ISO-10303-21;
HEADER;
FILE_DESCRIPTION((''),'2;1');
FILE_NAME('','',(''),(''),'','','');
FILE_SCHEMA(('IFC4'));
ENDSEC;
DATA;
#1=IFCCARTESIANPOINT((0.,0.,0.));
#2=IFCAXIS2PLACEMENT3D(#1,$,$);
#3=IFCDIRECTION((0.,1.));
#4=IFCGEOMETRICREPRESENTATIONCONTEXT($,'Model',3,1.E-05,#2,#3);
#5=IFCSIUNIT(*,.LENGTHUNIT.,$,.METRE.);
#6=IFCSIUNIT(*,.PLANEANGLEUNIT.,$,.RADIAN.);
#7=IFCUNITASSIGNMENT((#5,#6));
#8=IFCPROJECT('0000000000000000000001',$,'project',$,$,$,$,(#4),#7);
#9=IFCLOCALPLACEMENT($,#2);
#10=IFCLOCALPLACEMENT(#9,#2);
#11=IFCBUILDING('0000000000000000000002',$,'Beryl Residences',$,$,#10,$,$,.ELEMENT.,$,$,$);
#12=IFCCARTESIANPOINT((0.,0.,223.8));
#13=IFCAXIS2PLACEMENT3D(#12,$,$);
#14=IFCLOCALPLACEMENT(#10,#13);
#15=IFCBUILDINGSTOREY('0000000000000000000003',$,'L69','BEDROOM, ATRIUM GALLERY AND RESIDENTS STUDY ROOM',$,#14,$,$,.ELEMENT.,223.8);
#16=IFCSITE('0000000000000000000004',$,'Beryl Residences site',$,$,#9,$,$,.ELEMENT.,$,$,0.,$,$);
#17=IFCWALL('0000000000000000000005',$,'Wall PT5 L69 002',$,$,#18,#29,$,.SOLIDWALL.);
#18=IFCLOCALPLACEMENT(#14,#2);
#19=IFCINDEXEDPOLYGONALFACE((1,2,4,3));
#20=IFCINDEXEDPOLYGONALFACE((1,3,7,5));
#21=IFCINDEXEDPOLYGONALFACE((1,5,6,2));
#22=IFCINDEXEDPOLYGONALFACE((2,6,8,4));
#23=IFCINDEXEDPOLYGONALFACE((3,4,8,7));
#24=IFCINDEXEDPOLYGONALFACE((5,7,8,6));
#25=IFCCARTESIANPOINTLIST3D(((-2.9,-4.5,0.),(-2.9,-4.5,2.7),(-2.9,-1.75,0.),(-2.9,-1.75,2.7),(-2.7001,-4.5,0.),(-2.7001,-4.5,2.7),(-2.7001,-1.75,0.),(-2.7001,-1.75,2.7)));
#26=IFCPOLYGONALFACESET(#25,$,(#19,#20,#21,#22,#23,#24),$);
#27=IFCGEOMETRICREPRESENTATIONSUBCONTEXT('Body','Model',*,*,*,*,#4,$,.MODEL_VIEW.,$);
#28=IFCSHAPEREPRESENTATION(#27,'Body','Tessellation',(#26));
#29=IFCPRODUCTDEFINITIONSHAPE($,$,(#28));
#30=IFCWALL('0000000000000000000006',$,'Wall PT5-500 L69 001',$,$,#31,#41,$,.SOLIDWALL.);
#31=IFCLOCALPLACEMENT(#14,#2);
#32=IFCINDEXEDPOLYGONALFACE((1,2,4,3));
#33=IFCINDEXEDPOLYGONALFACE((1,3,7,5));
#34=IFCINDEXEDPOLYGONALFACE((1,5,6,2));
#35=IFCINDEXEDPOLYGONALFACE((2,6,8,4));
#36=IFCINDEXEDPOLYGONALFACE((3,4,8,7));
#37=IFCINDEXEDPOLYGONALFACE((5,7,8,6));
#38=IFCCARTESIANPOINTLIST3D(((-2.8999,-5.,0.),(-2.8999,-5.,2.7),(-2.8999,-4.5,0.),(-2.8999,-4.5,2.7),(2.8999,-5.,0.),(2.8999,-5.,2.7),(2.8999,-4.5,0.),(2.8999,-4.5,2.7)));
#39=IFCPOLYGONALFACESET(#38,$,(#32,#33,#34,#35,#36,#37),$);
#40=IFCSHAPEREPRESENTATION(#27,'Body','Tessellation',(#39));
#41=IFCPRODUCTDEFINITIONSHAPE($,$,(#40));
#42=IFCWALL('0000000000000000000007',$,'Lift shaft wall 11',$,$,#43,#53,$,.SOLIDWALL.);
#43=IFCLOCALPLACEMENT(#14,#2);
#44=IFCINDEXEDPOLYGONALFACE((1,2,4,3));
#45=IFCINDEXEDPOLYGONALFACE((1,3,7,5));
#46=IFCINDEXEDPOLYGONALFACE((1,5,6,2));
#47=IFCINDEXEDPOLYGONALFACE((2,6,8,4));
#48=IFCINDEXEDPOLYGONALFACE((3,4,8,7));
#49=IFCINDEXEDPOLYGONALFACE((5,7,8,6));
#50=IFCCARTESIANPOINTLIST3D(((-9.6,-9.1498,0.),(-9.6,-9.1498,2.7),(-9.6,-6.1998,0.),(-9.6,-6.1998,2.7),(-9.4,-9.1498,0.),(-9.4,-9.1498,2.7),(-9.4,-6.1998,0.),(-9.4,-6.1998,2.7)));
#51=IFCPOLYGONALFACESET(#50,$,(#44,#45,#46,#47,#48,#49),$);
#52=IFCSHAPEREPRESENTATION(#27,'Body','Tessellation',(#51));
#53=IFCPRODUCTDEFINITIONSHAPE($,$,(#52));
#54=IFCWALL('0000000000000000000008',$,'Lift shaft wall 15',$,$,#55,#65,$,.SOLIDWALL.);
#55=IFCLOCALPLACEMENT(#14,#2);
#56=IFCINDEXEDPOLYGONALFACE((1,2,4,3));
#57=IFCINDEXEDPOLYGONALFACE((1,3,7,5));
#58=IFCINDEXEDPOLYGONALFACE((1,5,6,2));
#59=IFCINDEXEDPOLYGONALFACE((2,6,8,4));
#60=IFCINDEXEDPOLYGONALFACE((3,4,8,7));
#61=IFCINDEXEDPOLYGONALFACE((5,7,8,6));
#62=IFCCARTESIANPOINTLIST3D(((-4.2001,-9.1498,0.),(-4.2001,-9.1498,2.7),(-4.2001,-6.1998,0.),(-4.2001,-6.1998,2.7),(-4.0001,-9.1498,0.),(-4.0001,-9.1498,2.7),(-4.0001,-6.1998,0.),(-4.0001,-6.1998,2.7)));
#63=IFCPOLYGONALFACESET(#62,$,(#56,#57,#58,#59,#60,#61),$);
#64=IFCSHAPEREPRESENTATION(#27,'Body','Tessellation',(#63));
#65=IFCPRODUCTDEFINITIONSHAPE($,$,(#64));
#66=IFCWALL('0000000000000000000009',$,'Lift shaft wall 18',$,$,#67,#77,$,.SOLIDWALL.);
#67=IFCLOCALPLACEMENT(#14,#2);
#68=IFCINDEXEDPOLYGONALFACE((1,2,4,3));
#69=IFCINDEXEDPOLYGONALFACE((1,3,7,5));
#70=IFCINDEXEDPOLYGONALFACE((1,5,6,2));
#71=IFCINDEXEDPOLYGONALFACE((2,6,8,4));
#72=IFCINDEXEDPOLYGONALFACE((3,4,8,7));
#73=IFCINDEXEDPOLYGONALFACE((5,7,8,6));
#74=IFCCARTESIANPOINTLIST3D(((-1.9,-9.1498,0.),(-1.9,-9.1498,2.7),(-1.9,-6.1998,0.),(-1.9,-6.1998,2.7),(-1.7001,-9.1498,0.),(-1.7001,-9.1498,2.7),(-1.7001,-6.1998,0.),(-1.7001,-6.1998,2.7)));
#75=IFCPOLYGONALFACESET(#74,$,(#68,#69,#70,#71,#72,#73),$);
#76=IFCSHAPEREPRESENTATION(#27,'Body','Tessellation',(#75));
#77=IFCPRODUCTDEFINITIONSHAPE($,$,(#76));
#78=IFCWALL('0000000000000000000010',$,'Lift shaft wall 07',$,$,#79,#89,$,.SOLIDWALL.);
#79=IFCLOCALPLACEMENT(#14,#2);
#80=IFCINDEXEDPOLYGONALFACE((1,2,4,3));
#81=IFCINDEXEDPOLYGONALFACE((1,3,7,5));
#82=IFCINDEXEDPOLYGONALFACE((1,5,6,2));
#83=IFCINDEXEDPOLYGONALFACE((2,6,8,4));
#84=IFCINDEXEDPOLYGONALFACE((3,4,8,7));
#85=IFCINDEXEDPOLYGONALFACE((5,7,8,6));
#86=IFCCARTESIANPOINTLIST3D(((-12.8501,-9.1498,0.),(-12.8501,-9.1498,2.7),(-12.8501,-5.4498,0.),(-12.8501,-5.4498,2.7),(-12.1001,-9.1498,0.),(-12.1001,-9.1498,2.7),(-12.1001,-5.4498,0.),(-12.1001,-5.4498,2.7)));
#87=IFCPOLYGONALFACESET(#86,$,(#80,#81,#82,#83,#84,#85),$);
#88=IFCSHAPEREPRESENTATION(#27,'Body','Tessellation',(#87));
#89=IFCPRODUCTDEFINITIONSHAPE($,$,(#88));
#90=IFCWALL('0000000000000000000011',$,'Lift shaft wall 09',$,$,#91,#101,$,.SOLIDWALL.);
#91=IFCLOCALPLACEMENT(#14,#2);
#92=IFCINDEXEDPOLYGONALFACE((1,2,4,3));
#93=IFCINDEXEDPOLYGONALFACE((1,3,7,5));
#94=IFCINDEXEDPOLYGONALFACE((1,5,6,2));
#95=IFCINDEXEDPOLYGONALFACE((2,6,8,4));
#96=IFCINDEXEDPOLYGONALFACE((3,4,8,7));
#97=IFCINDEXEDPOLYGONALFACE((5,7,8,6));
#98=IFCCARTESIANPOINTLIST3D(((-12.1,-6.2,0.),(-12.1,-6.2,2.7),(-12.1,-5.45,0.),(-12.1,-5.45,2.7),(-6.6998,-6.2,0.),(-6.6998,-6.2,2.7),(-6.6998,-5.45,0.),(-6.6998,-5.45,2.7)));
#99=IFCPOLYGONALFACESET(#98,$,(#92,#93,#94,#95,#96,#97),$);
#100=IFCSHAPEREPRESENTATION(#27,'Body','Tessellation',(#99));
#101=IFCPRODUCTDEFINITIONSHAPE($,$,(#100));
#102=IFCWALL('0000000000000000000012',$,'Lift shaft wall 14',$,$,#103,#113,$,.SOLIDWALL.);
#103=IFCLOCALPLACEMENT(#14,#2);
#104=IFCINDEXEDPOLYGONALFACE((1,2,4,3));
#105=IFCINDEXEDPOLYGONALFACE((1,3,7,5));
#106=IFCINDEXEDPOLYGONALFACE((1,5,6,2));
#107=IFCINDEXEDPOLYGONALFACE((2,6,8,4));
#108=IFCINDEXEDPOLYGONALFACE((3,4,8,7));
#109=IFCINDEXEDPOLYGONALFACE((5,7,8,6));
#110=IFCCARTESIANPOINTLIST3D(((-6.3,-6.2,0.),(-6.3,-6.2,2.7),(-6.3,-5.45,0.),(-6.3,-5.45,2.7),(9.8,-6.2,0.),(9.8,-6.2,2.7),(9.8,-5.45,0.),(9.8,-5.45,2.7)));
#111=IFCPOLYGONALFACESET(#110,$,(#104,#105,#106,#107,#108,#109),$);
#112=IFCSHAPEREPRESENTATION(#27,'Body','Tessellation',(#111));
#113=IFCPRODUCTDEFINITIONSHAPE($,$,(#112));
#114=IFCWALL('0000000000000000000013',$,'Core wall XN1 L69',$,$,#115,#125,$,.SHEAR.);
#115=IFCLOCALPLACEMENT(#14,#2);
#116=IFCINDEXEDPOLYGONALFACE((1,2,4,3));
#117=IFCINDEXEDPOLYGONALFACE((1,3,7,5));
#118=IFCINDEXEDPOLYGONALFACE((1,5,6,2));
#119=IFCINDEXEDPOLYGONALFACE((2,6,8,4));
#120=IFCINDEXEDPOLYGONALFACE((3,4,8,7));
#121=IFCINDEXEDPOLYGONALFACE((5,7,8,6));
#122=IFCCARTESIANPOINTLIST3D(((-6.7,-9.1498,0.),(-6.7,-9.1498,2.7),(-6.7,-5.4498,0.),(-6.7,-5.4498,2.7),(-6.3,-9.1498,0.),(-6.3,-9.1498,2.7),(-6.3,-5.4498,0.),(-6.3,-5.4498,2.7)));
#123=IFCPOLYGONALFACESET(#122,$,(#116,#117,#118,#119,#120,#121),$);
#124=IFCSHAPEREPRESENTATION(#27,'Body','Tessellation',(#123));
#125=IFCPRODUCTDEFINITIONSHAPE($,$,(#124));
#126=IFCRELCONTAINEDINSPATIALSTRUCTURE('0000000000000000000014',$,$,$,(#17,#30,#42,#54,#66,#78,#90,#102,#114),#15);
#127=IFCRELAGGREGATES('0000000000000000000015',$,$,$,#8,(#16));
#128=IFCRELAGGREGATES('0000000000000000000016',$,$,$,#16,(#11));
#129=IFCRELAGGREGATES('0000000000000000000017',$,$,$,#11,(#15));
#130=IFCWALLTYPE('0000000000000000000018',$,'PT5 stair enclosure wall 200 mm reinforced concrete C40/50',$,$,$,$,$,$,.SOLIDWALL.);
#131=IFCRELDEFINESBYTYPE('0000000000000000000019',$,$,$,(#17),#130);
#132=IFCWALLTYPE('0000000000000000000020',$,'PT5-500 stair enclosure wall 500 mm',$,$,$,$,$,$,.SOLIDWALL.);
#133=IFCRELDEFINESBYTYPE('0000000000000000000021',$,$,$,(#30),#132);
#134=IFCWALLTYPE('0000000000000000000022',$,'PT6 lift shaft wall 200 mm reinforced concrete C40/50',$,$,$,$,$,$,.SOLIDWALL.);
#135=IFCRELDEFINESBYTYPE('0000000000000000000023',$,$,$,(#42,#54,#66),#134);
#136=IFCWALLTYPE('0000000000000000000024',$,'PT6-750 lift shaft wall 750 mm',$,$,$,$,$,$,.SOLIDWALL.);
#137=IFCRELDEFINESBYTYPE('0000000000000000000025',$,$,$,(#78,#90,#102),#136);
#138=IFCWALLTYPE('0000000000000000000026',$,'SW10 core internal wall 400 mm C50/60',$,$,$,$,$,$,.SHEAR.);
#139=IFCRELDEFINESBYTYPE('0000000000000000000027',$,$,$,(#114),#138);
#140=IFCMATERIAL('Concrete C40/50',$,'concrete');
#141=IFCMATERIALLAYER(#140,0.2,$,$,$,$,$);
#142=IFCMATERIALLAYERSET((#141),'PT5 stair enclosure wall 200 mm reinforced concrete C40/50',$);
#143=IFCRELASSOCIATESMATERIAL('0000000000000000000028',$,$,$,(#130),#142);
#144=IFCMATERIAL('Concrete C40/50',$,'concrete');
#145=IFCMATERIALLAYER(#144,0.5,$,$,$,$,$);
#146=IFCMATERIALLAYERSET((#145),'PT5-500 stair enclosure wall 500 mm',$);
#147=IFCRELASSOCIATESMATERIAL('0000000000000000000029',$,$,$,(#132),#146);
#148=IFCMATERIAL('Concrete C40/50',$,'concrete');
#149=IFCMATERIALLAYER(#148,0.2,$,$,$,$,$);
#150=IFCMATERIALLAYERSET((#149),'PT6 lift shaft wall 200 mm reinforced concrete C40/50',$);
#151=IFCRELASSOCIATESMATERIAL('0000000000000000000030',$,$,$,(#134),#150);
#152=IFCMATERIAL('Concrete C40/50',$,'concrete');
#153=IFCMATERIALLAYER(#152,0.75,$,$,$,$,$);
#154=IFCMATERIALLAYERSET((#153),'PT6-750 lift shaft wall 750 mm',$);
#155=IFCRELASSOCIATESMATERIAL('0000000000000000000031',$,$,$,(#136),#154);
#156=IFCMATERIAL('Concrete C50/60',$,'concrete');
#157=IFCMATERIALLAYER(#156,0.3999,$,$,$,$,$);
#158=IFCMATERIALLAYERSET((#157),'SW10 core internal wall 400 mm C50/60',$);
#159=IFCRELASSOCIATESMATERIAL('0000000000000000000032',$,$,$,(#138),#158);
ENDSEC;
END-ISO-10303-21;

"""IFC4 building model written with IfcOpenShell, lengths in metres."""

from ifc_helpers import new_model, si_unit, direction, frame, frame_2d, origin, place, context, subcontext, project, spatial, rectangle, extrude, material, layer, layer_set, type_object, element, save


model = new_model("IFC4")

# Units and contexts
model_context = context("Model", 3, precision=1e-05, world=origin(), true_north=direction((0.0, 1.0)))
body_context = subcontext(model_context, "Body", "Model", "MODEL_VIEW")
ifc_project = project(units=[si_unit("LENGTHUNIT", "METRE"), si_unit("PLANEANGLEUNIT", "RADIAN")], contexts=[model_context])

# Site, building, storey
site_placement = place(None, origin())
site = spatial("IfcSite", under=ifc_project, at=site_placement, Name="Beryl Residences site", CompositionType="ELEMENT", RefElevation=0.0)
building_placement = place(site_placement, origin())
building = spatial("IfcBuilding", under=site, at=building_placement, Name="Beryl Residences", CompositionType="ELEMENT")
storey_placement = place(building_placement, frame((0.0, 0.0, 223.8)))
storey = spatial("IfcBuildingStorey", under=building, at=storey_placement, Name="L69", Description="BEDROOM, ATRIUM GALLERY AND RESIDENTS STUDY ROOM", CompositionType="ELEMENT", Elevation=223.8)

# Walls
ifc_material_1 = material(Name="Concrete C40/50", Category="concrete")
ifc_layer_1 = layer(ifc_material_1, 0.2)
ifc_layer_set_1 = layer_set([ifc_layer_1], Name="PT5 stair enclosure wall 200 mm reinforced concrete C40/50")
wall_type_1 = type_object("IfcWallType", Name="PT5 stair enclosure wall 200 mm reinforced concrete C40/50", PredefinedType="SOLIDWALL", material=ifc_layer_set_1)
wall_1_placement = place(storey_placement, frame((-2.8, -4.5, 0.0), z_axis=(0.0, 0.0, 1.0), x_axis=(0.0, 1.0, 0.0)))
element("IfcWall", 1, at=wall_1_placement, inside=storey, type_object=wall_type_1, Name="Wall PT5 L69 002", PredefinedType="SOLIDWALL", context=body_context, shape_type="SweptSolid", body=[
    extrude(rectangle(XDim=2.75, YDim=0.2, at=frame_2d((1.375, 0.0))), origin(), (0.0, 0.0, 1.0), 2.7),
])
ifc_material_2 = material(Name="Concrete C40/50", Category="concrete")
ifc_layer_2 = layer(ifc_material_2, 0.5)
ifc_layer_set_2 = layer_set([ifc_layer_2], Name="PT5-500 stair enclosure wall 500 mm")
wall_type_2 = type_object("IfcWallType", Name="PT5-500 stair enclosure wall 500 mm", PredefinedType="SOLIDWALL", material=ifc_layer_set_2)
wall_2_placement = place(storey_placement, frame((-2.8999, -4.75, 0.0), z_axis=(0.0, 0.0, 1.0), x_axis=(1.0, 0.0, 0.0)))
element("IfcWall", 2, at=wall_2_placement, inside=storey, type_object=wall_type_2, Name="Wall PT5-500 L69 001", PredefinedType="SOLIDWALL", context=body_context, shape_type="SweptSolid", body=[
    extrude(rectangle(XDim=5.7998, YDim=0.5, at=frame_2d((2.8999, 0.0))), origin(), (0.0, 0.0, 1.0), 2.7),
])
ifc_material_3 = material(Name="Concrete C40/50", Category="concrete")
ifc_layer_3 = layer(ifc_material_3, 0.2)
ifc_layer_set_3 = layer_set([ifc_layer_3], Name="PT6 lift shaft wall 200 mm reinforced concrete C40/50")
wall_type_3 = type_object("IfcWallType", Name="PT6 lift shaft wall 200 mm reinforced concrete C40/50", PredefinedType="SOLIDWALL", material=ifc_layer_set_3)
for number, where, z_axis, x_axis, name in (
    (3, (-9.5, -9.1499, 0.0), (0.0, 0.0, 1.0), (0.0, 1.0, 0.0), "Lift shaft wall 11"),
    (4, (-4.1001, -9.1499, 0.0), (0.0, 0.0, 1.0), (0.0, 1.0, 0.0), "Lift shaft wall 15"),
    (5, (-1.8, -9.1499, 0.0), (0.0, 0.0, 1.0), (0.0, 1.0, 0.0), "Lift shaft wall 18"),
):
    element("IfcWall", number, at=place(storey_placement, frame(where, z_axis=z_axis, x_axis=x_axis)), inside=storey, type_object=wall_type_3, Name=name, PredefinedType="SOLIDWALL", context=body_context, shape_type="SweptSolid", body=[
        extrude(rectangle(XDim=2.95, YDim=0.2, at=frame_2d((1.4751, 0.0))), origin(), (0.0, 0.0, 1.0), 2.7),
    ])
ifc_material_4 = material(Name="Concrete C40/50", Category="concrete")
ifc_layer_4 = layer(ifc_material_4, 0.75)
ifc_layer_set_4 = layer_set([ifc_layer_4], Name="PT6-750 lift shaft wall 750 mm")
wall_type_4 = type_object("IfcWallType", Name="PT6-750 lift shaft wall 750 mm", PredefinedType="SOLIDWALL", material=ifc_layer_set_4)
wall_3_placement = place(storey_placement, frame((-12.4751, -9.1499, 0.0), z_axis=(0.0, 0.0, 1.0), x_axis=(0.0, 1.0, 0.0)))
element("IfcWall", 6, at=wall_3_placement, inside=storey, type_object=wall_type_4, Name="Lift shaft wall 07", PredefinedType="SOLIDWALL", context=body_context, shape_type="SweptSolid", body=[
    extrude(rectangle(XDim=3.7, YDim=0.75, at=frame_2d((1.8501, 0.0))), origin(), (0.0, 0.0, 1.0), 2.7),
])
wall_4_placement = place(storey_placement, frame((-12.1001, -5.825, 0.0), z_axis=(0.0, 0.0, 1.0), x_axis=(1.0, 0.0, 0.0)))
element("IfcWall", 7, at=wall_4_placement, inside=storey, type_object=wall_type_4, Name="Lift shaft wall 09", PredefinedType="SOLIDWALL", context=body_context, shape_type="SweptSolid", body=[
    extrude(rectangle(XDim=5.4001, YDim=0.75, at=frame_2d((2.7002, 0.0))), origin(), (0.0, 0.0, 1.0), 2.7),
])
wall_5_placement = place(storey_placement, frame((-6.3, -5.825, 0.0), z_axis=(0.0, 0.0, 1.0), x_axis=(1.0, 0.0, 0.0)))
element("IfcWall", 8, at=wall_5_placement, inside=storey, type_object=wall_type_4, Name="Lift shaft wall 14", PredefinedType="SOLIDWALL", context=body_context, shape_type="SweptSolid", body=[
    extrude(rectangle(XDim=16.1001, YDim=0.75, at=frame_2d((8.05, 0.0))), origin(), (0.0, 0.0, 1.0), 2.7),
])

# Shared definitions
ifc_material_5 = material(Name="Concrete C50/60", Category="concrete")
ifc_layer_5 = layer(ifc_material_5, 0.3999)
ifc_layer_set_5 = layer_set([ifc_layer_5], Name="SW10 core internal wall 400 mm C50/60")
wall_type_5 = type_object("IfcWallType", Name="SW10 core internal wall 400 mm C50/60", PredefinedType="SHEAR", material=ifc_layer_set_5)

# Wall
wall_6_placement = place(storey_placement, frame((-6.5, -9.1499, 0.0), z_axis=(0.0, 0.0, 1.0), x_axis=(0.0, 1.0, 0.0)))
element("IfcWall", 9, at=wall_6_placement, inside=storey, type_object=wall_type_5, Name="Core wall XN1 L69", PredefinedType="SHEAR", context=body_context, shape_type="SweptSolid", body=[
    extrude(rectangle(XDim=3.7, YDim=0.3999, at=frame_2d((1.8501, 0.0))), origin(), (0.0, 0.0, 1.0), 2.7),
])

save(model, "model.ifc")
